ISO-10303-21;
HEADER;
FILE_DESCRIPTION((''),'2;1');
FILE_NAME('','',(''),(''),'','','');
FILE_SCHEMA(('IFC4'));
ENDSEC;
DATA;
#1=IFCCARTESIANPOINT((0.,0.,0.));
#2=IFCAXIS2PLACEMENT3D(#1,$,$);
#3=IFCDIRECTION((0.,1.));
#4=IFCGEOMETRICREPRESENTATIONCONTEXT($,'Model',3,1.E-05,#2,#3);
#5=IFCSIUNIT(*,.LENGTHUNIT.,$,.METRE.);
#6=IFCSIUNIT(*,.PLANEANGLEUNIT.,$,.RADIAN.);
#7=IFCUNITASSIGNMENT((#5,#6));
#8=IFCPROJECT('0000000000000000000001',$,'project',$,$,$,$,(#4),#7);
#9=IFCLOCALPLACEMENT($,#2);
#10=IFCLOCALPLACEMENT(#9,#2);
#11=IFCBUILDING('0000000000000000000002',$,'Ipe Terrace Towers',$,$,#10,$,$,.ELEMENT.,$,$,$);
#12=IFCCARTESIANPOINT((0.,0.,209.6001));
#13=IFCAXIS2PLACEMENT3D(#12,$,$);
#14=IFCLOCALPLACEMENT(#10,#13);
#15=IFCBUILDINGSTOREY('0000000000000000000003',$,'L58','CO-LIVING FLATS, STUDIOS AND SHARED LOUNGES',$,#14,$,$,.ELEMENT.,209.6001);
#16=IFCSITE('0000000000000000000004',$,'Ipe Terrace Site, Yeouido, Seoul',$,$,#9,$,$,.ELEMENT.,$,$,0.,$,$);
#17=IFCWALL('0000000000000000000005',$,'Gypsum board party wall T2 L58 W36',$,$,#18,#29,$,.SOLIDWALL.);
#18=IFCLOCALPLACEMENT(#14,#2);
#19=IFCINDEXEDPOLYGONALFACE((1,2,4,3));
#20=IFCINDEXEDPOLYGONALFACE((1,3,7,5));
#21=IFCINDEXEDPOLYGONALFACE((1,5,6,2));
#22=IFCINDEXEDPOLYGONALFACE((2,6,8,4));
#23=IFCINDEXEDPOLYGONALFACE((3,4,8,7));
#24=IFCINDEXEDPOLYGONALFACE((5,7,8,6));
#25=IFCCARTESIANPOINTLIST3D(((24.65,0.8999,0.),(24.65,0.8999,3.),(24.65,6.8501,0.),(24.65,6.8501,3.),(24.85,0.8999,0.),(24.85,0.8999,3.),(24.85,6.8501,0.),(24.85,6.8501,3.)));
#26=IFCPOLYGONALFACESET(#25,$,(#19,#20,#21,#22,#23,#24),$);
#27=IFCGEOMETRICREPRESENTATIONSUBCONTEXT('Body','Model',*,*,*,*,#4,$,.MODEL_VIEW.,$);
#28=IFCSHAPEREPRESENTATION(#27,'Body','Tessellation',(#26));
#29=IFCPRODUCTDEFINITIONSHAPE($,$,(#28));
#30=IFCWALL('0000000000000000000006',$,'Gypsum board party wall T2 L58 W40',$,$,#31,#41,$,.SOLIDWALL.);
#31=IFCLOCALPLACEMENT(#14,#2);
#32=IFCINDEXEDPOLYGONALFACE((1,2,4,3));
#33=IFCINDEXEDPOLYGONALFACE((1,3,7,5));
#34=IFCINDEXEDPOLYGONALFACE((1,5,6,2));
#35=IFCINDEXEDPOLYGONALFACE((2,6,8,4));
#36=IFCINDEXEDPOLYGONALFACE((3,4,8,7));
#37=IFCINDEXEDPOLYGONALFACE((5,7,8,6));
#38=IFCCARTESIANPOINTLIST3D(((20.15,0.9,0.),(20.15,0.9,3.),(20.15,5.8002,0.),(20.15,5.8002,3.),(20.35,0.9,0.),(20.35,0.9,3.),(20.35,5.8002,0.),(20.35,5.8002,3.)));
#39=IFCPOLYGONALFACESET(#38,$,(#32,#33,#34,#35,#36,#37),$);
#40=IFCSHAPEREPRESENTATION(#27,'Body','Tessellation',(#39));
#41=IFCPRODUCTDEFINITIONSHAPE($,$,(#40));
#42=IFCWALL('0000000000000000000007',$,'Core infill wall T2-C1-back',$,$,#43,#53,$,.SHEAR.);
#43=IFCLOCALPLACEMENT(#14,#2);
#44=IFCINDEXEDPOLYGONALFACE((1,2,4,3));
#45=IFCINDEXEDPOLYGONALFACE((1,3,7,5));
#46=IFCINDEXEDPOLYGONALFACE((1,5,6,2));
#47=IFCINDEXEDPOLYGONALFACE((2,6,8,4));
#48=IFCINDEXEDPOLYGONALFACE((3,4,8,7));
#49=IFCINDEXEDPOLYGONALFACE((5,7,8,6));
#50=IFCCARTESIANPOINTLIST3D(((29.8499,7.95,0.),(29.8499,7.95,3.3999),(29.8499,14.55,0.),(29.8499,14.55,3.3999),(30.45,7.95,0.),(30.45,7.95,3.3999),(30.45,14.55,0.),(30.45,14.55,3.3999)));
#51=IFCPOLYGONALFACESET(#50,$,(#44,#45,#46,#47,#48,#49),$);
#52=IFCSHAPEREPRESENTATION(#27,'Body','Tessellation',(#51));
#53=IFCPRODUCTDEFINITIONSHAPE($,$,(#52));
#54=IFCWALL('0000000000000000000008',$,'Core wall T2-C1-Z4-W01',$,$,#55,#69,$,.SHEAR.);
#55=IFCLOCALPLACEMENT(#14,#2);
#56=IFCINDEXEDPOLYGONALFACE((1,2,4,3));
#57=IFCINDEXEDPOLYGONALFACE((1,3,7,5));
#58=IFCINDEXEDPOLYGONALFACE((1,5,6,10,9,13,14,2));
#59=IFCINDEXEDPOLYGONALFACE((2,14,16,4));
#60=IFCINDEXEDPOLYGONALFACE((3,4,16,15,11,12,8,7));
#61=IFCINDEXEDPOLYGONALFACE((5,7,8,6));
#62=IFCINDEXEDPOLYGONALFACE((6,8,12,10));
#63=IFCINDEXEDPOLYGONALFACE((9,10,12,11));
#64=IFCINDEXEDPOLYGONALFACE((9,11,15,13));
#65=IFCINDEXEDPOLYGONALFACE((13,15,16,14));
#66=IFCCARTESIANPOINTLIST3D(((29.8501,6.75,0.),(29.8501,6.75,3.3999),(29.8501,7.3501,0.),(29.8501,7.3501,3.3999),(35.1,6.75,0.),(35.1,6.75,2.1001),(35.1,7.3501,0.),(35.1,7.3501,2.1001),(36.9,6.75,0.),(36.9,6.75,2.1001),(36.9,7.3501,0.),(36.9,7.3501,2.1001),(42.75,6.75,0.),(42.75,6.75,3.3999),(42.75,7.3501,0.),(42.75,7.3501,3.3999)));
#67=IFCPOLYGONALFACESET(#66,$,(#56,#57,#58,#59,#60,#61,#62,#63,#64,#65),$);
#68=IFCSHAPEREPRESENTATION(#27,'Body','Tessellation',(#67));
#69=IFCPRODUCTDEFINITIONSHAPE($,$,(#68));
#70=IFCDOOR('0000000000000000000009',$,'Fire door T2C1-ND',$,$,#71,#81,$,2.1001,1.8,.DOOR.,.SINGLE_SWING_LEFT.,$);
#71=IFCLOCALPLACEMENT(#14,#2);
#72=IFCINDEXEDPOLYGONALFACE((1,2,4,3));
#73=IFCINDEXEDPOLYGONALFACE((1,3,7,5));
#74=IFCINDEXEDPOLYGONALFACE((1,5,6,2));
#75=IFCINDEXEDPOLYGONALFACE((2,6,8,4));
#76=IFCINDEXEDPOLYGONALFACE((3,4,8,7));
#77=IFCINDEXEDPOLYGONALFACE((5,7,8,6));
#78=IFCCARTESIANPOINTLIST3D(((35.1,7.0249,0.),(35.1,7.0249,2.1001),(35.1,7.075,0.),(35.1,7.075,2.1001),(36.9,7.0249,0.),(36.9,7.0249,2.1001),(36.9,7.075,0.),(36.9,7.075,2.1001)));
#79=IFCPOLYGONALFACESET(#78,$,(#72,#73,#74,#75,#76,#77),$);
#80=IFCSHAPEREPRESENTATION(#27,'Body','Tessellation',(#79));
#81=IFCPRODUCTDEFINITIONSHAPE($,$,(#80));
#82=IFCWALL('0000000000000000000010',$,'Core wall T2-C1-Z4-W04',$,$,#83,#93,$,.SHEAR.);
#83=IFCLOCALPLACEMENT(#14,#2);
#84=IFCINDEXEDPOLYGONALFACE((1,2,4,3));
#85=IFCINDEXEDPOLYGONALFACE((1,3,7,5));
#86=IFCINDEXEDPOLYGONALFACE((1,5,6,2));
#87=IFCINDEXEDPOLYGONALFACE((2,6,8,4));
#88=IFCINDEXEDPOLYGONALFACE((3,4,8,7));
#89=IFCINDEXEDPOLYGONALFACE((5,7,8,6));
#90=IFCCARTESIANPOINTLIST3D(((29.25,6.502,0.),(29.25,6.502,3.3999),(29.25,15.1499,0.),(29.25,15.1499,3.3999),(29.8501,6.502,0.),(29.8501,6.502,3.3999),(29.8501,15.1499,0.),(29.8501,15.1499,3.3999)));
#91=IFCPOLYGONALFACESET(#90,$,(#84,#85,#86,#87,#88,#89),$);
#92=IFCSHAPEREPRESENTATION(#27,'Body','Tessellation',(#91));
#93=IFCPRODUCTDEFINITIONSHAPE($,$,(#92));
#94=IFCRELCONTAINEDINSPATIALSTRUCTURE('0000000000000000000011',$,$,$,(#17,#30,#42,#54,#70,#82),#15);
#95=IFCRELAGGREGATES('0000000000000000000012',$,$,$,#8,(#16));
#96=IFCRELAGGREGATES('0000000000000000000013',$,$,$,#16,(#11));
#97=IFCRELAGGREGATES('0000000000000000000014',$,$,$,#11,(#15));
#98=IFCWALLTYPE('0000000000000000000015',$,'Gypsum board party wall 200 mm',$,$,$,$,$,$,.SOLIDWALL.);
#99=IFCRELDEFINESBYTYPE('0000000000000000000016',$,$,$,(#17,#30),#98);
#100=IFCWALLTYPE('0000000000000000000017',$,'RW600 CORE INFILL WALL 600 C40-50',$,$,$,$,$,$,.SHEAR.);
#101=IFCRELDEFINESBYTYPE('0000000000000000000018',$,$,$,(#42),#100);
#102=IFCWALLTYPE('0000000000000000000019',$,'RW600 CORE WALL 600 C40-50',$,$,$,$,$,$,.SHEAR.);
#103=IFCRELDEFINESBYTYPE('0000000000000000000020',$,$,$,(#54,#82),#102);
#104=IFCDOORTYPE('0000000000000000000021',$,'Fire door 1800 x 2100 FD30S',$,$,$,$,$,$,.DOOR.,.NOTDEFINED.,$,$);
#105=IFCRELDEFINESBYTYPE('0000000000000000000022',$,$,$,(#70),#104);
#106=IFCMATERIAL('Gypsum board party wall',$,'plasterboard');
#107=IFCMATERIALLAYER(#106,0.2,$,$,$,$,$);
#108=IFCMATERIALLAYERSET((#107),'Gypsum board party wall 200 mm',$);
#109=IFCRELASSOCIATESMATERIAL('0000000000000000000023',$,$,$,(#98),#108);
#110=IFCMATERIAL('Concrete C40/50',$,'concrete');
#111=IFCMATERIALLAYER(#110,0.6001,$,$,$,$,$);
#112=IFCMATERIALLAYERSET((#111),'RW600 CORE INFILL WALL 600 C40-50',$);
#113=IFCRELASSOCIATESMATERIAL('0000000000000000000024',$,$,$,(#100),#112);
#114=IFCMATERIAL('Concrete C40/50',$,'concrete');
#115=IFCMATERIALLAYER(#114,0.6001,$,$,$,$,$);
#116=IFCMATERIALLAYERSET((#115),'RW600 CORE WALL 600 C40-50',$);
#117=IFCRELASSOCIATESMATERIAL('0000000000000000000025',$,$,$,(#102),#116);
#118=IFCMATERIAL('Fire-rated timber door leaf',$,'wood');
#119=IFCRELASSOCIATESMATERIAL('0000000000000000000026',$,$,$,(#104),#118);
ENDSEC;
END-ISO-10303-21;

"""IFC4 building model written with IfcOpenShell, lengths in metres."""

from ifc_helpers import new_model, si_unit, direction, frame, frame_2d, origin, place, context, subcontext, project, spatial, rectangle, extrude, material, layer, layer_set, type_object, element, fill, save


model = new_model("IFC4")

# Units and contexts
model_context = context("Model", 3, precision=1e-05, world=origin(), true_north=direction((0.0, 1.0)))
body_context = subcontext(model_context, "Body", "Model", "MODEL_VIEW")
ifc_project = project(units=[si_unit("LENGTHUNIT", "METRE"), si_unit("PLANEANGLEUNIT", "RADIAN")], contexts=[model_context])

# Site, building, storey
site_placement = place(None, origin())
site = spatial("IfcSite", under=ifc_project, at=site_placement, Name="Ipe Terrace Site, Yeouido, Seoul", CompositionType="ELEMENT", RefElevation=0.0)
building_placement = place(site_placement, origin())
building = spatial("IfcBuilding", under=site, at=building_placement, Name="Ipe Terrace Towers", CompositionType="ELEMENT")
storey_placement = place(building_placement, frame((0.0, 0.0, 209.6001)))
storey = spatial("IfcBuildingStorey", under=building, at=storey_placement, Name="L58", Description="CO-LIVING FLATS, STUDIOS AND SHARED LOUNGES", CompositionType="ELEMENT", Elevation=209.6001)

# Shared definitions
ifc_material_1 = material(Name="Gypsum board party wall", Category="plasterboard")
ifc_layer_1 = layer(ifc_material_1, 0.2)
ifc_layer_set_1 = layer_set([ifc_layer_1], Name="Gypsum board party wall 200 mm")
wall_type_1 = type_object("IfcWallType", Name="Gypsum board party wall 200 mm", PredefinedType="SOLIDWALL", material=ifc_layer_set_1)

# Walls
wall_1_placement = place(storey_placement, frame((24.75, 0.8999, 0.0), z_axis=(0.0, 0.0, 1.0), x_axis=(0.0, 1.0, 0.0)))
element("IfcWall", 1, at=wall_1_placement, inside=storey, type_object=wall_type_1, Name="Gypsum board party wall T2 L58 W36", PredefinedType="SOLIDWALL", context=body_context, shape_type="SweptSolid", body=[
    extrude(rectangle(XDim=5.9502, YDim=0.2, at=frame_2d((2.9751, 0.0))), origin(), (0.0, 0.0, 1.0), 3.0),
])
wall_2_placement = place(storey_placement, frame((20.25, 0.8999, 0.0), z_axis=(0.0, 0.0, 1.0), x_axis=(0.0, 1.0, 0.0)))
element("IfcWall", 2, at=wall_2_placement, inside=storey, type_object=wall_type_1, Name="Gypsum board party wall T2 L58 W40", PredefinedType="SOLIDWALL", context=body_context, shape_type="SweptSolid", body=[
    extrude(rectangle(XDim=4.9001, YDim=0.2, at=frame_2d((2.4502, 0.0))), origin(), (0.0, 0.0, 1.0), 3.0),
])
ifc_material_2 = material(Name="Concrete C40/50", Category="concrete")
ifc_layer_2 = layer(ifc_material_2, 0.6001)
ifc_layer_set_2 = layer_set([ifc_layer_2], Name="RW600 CORE INFILL WALL 600 C40-50")
wall_type_2 = type_object("IfcWallType", Name="RW600 CORE INFILL WALL 600 C40-50", PredefinedType="SHEAR", material=ifc_layer_set_2)
wall_3_placement = place(storey_placement, frame((30.1499, 7.95, 0.0), z_axis=(0.0, 0.0, 1.0), x_axis=(0.0, 1.0, 0.0)))
element("IfcWall", 3, at=wall_3_placement, inside=storey, type_object=wall_type_2, Name="Core infill wall T2-C1-back", PredefinedType="SHEAR", context=body_context, shape_type="SweptSolid", body=[
    extrude(rectangle(XDim=6.6001, YDim=0.6001, at=frame_2d((3.3, 0.0))), origin(), (0.0, 0.0, 1.0), 3.3999),
])

# Wall, opening, door
ifc_material_3 = material(Name="Concrete C40/50", Category="concrete")
ifc_layer_3 = layer(ifc_material_3, 0.6001)
ifc_layer_set_3 = layer_set([ifc_layer_3], Name="RW600 CORE WALL 600 C40-50")
wall_type_3 = type_object("IfcWallType", Name="RW600 CORE WALL 600 C40-50", PredefinedType="SHEAR", material=ifc_layer_set_3)
wall_4_placement = place(storey_placement, frame((29.8501, 7.05, 0.0), z_axis=(0.0, 0.0, 1.0), x_axis=(1.0, 0.0, 0.0)))
wall_4 = element("IfcWall", 4, at=wall_4_placement, inside=storey, type_object=wall_type_3, Name="Core wall T2-C1-Z4-W01", PredefinedType="SHEAR", context=body_context, shape_type="SweptSolid", body=[
    extrude(rectangle(XDim=12.8999, YDim=0.6001, at=frame_2d((6.45, 0.0))), origin(), (0.0, 0.0, 1.0), 3.3999),
])
opening_1_placement = place(wall_4_placement, frame((5.25, 0.0, 0.0)))
opening_1 = element("IfcOpeningElement", 5, at=opening_1_placement, cuts=wall_4, PredefinedType="OPENING", context=body_context, shape_type="SweptSolid", body=[
    extrude(rectangle(XDim=1.8, YDim=2.1001, at=frame_2d((0.8999, 1.05))), frame((0.0, 0.3101, 0.0), z_axis=(0.0, -1.0, 0.0), x_axis=(1.0, 0.0, 0.0)), (0.0, 0.0, 1.0), 0.6201),
])
ifc_material_4 = material(Name="Fire-rated timber door leaf", Category="wood")
door_type_1 = type_object("IfcDoorType", Name="Fire door 1800 x 2100 FD30S", OperationType="NOTDEFINED", PredefinedType="DOOR", material=ifc_material_4)
door_1_placement = place(opening_1_placement, origin())
door_1 = element("IfcDoor", 6, at=door_1_placement, inside=storey, type_object=door_type_1, Name="Fire door T2C1-ND", OperationType="SINGLE_SWING_LEFT", OverallHeight=2.1001, OverallWidth=1.8, PredefinedType="DOOR", context=body_context, shape_type="SweptSolid", body=[
    extrude(rectangle(XDim=1.8, YDim=2.1001, at=frame_2d((0.8999, 1.05))), frame((0.0, 0.0249, 0.0), z_axis=(0.0, -1.0, 0.0), x_axis=(1.0, 0.0, 0.0)), (0.0, 0.0, 1.0), 0.05),
])
fill(opening_1, door_1)

# Wall
wall_5_placement = place(storey_placement, frame((29.55, 15.1499, 0.0), z_axis=(0.0, 0.0, 1.0), x_axis=(0.0, -1.0, 0.0)))
element("IfcWall", 7, at=wall_5_placement, inside=storey, type_object=wall_type_3, Name="Core wall T2-C1-Z4-W04", PredefinedType="SHEAR", context=body_context, shape_type="SweptSolid", body=[
    extrude(rectangle(XDim=8.6479, YDim=0.6001, at=frame_2d((4.324, 0.0))), origin(), (0.0, 0.0, 1.0), 3.3999),
])

save(model, "model.ifc")
